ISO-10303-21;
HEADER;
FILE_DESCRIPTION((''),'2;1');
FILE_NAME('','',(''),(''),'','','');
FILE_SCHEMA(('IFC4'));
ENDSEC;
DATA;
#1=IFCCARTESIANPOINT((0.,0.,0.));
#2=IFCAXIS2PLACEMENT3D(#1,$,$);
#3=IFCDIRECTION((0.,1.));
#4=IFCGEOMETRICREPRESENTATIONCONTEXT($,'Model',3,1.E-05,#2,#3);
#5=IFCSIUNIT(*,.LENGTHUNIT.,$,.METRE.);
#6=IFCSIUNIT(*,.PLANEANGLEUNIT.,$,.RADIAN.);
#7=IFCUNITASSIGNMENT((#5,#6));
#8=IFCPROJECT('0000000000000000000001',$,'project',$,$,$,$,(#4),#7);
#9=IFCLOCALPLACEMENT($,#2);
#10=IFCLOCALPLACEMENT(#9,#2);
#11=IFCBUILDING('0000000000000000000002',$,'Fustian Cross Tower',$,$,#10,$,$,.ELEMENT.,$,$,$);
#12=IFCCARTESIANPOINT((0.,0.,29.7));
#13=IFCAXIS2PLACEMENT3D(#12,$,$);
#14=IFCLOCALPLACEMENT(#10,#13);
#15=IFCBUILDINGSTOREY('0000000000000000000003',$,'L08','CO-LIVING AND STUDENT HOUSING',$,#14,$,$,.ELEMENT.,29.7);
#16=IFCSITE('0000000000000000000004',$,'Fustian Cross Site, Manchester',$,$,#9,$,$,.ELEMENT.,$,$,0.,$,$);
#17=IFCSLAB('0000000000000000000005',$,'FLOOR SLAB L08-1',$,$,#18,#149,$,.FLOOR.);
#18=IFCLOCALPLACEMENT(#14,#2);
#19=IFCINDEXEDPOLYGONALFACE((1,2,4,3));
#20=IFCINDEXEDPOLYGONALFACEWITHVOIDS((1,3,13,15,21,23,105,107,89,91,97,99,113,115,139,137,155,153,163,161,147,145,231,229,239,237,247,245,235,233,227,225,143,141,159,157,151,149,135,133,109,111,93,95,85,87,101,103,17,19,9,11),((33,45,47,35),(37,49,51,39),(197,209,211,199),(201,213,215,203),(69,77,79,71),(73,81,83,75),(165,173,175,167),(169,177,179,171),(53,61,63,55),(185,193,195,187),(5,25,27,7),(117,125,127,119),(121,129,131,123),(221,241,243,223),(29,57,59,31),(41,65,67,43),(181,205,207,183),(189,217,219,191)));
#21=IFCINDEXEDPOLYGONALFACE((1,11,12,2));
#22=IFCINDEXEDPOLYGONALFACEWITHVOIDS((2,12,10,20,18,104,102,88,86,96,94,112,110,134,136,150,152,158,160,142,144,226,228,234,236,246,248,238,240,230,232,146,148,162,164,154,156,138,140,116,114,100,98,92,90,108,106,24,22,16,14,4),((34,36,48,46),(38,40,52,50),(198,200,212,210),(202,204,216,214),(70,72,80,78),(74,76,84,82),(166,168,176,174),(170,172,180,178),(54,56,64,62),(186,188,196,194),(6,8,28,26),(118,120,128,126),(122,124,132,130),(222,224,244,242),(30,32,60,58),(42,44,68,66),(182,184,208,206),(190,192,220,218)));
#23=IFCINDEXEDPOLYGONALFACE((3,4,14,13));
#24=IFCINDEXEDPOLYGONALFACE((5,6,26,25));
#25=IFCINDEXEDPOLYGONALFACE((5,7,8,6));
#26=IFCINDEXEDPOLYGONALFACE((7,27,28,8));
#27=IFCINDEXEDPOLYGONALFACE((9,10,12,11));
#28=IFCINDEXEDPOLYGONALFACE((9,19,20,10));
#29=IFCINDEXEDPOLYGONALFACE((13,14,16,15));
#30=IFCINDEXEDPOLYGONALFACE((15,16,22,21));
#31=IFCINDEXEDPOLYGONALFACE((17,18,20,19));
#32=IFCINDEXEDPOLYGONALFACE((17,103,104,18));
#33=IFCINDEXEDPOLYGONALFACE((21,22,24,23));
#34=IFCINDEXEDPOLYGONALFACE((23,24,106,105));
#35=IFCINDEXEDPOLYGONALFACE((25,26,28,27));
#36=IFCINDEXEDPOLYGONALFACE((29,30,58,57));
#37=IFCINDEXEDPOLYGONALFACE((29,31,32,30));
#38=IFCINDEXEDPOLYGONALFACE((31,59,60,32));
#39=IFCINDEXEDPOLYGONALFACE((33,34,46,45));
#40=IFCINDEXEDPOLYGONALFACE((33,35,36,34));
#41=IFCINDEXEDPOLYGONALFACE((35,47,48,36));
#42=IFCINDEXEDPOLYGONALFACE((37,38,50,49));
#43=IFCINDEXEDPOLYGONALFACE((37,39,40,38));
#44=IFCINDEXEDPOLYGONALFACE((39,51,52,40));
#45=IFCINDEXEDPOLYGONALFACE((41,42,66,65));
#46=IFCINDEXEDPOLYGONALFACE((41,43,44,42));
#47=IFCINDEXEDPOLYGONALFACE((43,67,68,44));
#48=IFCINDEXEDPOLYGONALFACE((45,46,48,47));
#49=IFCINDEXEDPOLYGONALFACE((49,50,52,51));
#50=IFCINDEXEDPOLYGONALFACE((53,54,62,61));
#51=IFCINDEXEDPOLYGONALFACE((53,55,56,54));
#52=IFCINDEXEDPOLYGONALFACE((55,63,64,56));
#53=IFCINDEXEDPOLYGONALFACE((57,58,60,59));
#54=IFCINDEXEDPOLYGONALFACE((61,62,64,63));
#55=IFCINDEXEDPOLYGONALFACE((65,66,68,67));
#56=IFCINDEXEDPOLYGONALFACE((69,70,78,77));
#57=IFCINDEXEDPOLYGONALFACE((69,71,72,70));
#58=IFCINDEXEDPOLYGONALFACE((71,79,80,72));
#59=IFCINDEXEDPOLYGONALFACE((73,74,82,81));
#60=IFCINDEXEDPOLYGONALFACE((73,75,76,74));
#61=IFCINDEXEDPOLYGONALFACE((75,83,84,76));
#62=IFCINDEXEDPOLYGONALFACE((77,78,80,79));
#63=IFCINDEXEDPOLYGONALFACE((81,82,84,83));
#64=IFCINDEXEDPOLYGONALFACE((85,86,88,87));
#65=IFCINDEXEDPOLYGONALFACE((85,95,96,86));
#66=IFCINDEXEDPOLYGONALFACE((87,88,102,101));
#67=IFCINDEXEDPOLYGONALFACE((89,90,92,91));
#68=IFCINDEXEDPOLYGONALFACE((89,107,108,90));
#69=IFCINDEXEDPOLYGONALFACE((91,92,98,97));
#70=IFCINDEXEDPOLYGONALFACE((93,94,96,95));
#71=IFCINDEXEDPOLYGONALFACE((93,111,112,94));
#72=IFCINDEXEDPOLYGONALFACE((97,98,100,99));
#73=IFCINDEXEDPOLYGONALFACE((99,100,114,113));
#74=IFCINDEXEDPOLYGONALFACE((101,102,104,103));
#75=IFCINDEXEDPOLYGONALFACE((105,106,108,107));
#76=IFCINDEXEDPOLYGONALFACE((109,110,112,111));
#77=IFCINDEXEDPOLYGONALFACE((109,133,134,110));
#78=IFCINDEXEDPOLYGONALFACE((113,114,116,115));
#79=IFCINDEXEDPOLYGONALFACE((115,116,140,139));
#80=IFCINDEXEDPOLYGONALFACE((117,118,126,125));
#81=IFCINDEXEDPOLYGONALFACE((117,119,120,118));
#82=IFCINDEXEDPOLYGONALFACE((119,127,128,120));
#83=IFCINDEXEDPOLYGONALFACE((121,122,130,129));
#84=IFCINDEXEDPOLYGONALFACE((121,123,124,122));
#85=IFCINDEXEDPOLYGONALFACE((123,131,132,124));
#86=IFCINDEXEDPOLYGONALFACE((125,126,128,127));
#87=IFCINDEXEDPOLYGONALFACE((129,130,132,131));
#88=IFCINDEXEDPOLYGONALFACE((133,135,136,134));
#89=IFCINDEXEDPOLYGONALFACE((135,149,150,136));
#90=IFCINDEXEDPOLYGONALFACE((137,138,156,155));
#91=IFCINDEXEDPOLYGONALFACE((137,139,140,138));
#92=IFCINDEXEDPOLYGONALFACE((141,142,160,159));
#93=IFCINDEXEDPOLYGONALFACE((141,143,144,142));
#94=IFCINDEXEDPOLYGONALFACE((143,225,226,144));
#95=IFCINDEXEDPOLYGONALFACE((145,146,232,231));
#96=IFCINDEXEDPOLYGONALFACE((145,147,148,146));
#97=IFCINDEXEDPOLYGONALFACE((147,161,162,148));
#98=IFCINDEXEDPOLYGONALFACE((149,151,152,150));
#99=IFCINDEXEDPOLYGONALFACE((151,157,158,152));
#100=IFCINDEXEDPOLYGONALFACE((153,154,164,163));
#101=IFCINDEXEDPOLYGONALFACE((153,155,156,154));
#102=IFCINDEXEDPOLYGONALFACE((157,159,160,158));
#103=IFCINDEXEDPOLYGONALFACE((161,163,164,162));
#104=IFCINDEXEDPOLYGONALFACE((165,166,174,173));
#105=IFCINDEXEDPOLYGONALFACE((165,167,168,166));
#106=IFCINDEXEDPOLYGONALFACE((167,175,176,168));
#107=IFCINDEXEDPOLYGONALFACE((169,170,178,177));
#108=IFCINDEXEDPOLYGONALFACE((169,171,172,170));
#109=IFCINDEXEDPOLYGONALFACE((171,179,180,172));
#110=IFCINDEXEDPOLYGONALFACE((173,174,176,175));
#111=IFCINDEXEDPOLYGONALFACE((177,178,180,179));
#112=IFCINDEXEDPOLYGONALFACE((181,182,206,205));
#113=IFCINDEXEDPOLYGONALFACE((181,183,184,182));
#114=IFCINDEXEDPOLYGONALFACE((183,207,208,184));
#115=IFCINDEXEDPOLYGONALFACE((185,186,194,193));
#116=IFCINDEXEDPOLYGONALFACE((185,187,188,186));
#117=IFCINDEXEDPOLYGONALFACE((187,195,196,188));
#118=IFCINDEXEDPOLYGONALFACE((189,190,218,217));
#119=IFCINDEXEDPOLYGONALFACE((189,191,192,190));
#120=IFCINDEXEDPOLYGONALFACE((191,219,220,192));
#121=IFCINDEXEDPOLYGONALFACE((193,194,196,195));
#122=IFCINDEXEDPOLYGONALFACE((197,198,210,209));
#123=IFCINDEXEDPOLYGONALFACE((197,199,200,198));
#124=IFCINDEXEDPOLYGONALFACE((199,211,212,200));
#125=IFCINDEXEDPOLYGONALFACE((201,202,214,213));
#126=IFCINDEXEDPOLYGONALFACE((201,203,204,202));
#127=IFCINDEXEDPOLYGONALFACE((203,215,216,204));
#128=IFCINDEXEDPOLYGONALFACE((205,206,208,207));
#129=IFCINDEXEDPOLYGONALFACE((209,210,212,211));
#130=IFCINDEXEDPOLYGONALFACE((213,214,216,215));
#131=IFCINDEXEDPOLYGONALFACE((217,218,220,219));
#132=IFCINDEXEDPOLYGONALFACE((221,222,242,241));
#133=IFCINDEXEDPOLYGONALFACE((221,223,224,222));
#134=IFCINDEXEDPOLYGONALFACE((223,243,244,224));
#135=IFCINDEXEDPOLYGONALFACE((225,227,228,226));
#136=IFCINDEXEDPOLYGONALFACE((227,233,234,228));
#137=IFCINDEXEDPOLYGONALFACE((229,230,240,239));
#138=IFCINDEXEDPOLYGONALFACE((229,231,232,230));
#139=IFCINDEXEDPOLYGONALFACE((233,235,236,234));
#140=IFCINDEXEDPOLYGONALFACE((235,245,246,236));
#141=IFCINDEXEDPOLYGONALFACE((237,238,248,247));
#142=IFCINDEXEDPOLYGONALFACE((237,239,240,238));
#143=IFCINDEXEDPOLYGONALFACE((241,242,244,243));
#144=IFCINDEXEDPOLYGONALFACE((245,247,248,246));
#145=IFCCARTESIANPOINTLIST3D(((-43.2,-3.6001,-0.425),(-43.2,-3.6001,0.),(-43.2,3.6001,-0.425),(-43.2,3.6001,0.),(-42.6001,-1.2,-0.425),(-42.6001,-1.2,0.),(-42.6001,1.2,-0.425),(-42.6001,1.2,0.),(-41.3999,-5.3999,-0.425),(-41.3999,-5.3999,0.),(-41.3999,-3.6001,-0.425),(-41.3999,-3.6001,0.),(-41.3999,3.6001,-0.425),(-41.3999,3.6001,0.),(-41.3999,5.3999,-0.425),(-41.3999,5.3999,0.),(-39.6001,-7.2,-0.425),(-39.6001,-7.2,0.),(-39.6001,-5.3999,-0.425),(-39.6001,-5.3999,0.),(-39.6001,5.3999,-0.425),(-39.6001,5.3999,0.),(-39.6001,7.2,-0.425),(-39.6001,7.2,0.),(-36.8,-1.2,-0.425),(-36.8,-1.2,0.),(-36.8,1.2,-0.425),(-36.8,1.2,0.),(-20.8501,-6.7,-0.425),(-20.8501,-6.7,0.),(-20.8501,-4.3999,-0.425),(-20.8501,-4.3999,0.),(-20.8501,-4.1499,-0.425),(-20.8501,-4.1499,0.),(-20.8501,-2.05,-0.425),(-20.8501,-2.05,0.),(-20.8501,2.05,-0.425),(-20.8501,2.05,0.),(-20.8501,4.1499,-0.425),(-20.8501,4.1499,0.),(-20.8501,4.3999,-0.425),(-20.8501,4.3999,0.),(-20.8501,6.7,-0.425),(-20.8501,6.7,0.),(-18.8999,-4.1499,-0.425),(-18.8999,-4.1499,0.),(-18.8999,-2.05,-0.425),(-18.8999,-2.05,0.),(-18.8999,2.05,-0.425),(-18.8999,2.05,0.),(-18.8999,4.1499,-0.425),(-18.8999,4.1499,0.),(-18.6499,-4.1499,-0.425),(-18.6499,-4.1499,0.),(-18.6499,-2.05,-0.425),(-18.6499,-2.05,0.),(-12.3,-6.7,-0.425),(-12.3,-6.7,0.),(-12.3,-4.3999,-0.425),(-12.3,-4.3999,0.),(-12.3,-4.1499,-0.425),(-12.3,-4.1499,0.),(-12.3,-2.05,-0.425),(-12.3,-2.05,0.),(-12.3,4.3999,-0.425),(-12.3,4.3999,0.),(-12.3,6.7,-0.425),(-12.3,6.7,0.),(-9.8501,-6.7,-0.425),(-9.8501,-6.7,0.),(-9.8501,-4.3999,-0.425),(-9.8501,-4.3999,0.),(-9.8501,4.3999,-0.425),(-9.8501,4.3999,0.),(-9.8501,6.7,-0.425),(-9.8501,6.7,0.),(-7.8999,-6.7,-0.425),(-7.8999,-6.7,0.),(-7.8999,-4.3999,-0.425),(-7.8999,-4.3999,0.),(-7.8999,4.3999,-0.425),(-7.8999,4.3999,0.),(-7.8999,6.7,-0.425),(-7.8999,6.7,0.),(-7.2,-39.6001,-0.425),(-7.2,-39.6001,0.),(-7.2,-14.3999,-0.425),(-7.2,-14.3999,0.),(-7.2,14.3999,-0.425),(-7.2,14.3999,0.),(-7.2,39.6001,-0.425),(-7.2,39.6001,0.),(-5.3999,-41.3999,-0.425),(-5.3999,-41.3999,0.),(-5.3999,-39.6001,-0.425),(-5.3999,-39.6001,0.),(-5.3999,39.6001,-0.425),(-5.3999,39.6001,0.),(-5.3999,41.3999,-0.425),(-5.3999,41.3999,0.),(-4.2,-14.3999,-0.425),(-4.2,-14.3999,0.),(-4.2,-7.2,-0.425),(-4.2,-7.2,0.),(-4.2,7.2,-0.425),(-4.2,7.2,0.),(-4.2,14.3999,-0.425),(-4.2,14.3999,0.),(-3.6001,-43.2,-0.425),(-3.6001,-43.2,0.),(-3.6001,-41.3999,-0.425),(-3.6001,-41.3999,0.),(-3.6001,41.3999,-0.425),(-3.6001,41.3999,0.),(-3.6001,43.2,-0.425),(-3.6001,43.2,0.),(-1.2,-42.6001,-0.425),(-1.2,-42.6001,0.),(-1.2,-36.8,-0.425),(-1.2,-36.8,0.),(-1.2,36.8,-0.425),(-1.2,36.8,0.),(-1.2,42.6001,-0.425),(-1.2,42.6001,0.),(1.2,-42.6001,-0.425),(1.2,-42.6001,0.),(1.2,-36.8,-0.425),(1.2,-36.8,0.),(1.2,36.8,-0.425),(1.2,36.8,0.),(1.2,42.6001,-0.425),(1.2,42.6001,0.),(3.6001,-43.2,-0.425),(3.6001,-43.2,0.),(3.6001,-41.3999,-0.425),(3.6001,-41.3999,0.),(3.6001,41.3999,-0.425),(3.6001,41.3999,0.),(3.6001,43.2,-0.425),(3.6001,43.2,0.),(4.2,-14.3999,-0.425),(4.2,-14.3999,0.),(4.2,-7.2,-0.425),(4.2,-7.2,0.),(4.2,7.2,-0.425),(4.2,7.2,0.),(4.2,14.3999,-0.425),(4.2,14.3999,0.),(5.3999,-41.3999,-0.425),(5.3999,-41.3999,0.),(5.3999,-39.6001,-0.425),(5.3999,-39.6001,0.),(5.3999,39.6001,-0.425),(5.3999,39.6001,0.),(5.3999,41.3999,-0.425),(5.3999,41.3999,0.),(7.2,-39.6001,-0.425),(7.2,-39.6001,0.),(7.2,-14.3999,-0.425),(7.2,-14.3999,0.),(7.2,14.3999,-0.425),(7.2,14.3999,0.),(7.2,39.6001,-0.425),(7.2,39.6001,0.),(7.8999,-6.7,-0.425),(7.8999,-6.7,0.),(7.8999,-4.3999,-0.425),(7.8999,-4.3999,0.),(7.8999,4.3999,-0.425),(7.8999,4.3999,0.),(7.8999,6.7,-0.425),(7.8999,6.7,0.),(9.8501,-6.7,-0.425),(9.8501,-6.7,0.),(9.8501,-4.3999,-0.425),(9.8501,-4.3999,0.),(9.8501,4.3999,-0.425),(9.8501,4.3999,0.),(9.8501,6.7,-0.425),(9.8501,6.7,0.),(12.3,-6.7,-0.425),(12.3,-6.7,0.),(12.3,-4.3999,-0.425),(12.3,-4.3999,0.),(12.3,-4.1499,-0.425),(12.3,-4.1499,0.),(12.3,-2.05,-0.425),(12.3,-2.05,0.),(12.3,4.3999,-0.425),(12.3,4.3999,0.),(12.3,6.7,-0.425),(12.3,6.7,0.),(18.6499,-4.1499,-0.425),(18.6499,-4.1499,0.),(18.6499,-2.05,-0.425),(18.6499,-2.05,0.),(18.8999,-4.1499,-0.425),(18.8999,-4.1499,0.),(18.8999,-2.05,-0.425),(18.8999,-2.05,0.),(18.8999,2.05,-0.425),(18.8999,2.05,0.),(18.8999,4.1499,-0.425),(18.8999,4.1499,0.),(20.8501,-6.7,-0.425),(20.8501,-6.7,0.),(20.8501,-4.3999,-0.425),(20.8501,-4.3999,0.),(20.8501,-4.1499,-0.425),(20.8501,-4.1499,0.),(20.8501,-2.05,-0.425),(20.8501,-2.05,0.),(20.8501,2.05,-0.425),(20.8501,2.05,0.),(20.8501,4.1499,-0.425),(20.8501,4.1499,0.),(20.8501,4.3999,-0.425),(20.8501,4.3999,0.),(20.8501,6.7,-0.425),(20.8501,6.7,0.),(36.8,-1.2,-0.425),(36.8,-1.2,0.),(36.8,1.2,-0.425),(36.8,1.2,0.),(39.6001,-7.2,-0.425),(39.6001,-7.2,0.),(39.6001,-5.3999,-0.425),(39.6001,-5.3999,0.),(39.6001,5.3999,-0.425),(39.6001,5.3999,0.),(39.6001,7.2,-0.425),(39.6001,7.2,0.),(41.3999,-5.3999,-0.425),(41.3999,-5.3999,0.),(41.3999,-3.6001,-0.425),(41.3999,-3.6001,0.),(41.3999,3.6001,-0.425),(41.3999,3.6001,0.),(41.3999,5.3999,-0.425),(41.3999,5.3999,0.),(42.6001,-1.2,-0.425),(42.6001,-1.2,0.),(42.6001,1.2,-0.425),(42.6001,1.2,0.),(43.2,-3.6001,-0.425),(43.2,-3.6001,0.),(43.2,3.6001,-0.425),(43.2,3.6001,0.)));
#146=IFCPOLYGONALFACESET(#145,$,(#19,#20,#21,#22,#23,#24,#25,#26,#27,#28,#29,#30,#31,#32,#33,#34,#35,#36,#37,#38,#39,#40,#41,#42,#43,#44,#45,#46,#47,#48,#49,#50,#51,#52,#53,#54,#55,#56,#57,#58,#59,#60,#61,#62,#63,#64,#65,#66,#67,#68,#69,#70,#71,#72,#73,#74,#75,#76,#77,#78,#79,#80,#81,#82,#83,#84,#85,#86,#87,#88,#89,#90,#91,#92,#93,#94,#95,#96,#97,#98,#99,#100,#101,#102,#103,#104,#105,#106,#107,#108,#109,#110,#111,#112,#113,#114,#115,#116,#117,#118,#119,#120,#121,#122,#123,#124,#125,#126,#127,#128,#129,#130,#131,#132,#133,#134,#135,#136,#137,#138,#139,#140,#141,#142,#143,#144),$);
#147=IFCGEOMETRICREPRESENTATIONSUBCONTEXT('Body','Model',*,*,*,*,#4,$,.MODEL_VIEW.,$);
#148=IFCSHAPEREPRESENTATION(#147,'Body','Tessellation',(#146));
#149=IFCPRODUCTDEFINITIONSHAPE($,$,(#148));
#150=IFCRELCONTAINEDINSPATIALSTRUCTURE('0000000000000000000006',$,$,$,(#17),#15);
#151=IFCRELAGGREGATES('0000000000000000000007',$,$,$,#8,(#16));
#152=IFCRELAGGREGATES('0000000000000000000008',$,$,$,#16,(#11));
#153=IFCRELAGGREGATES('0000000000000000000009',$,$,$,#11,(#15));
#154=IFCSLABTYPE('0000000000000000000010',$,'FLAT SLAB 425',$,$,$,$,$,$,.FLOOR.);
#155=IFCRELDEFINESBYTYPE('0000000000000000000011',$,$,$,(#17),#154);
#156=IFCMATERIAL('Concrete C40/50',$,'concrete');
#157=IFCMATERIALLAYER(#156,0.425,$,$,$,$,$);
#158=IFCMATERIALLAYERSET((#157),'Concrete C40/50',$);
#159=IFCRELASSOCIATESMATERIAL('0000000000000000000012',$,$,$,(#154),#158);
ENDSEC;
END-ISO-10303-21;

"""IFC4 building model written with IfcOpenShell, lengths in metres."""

from ifc_helpers import new_model, si_unit, direction, frame, origin, place, context, subcontext, project, spatial, polyline, outline, extrude, material, layer, layer_set, type_object, element, save


model = new_model("IFC4")

# Units and contexts
model_context = context("Model", 3, precision=1e-05, world=origin(), true_north=direction((0.0, 1.0)))
body_context = subcontext(model_context, "Body", "Model", "MODEL_VIEW")
ifc_project = project(units=[si_unit("LENGTHUNIT", "METRE"), si_unit("PLANEANGLEUNIT", "RADIAN")], contexts=[model_context])

# Site, building, storey
site_placement = place(None, origin())
site = spatial("IfcSite", under=ifc_project, at=site_placement, Name="Fustian Cross Site, Manchester", CompositionType="ELEMENT", RefElevation=0.0)
building_placement = place(site_placement, origin())
building = spatial("IfcBuilding", under=site, at=building_placement, Name="Fustian Cross Tower", CompositionType="ELEMENT")
storey_placement = place(building_placement, frame((0.0, 0.0, 29.7)))
storey = spatial("IfcBuildingStorey", under=building, at=storey_placement, Name="L08", Description="CO-LIVING AND STUDENT HOUSING", CompositionType="ELEMENT", Elevation=29.7)

# Slab
ifc_material_1 = material(Name="Concrete C40/50", Category="concrete")
ifc_layer_1 = layer(ifc_material_1, 0.425)
ifc_layer_set_1 = layer_set([ifc_layer_1], Name="Concrete C40/50")
slab_type_1 = type_object("IfcSlabType", Name="FLAT SLAB 425", PredefinedType="FLOOR", material=ifc_layer_set_1)
slab_1_placement = place(storey_placement, frame((0.0, 0.0, -0.425)))
element("IfcSlab", 1, at=slab_1_placement, inside=storey, type_object=slab_type_1, Name="FLOOR SLAB L08-1", PredefinedType="FLOOR", context=body_context, shape_type="SweptSolid", body=[
    extrude(outline(polyline([(-4.2, -7.2), (-39.6001, -7.2), (-39.6001, -5.3999), (-41.3999, -5.3999), (-41.3999, -3.6001), (-43.2, -3.6001), (-43.2, 3.6001), (-41.3999, 3.6001), (-41.3999, 5.3999), (-39.6001, 5.3999), (-39.6001, 7.2), (-4.2, 7.2), (-4.2, 14.3999), (-7.2, 14.3999), (-7.2, 39.6001), (-5.3999, 39.6001), (-5.3999, 41.3999), (-3.6001, 41.3999), (-3.6001, 43.2), (3.6001, 43.2), (3.6001, 41.3999), (5.3999, 41.3999), (5.3999, 39.6001), (7.2, 39.6001), (7.2, 14.3999), (4.2, 14.3999), (4.2, 7.2), (39.6001, 7.2), (39.6001, 5.3999), (41.3999, 5.3999), (41.3999, 3.6001), (43.2, 3.6001), (43.2, -3.6001), (41.3999, -3.6001), (41.3999, -5.3999), (39.6001, -5.3999), (39.6001, -7.2), (4.2, -7.2), (4.2, -14.3999), (7.2, -14.3999), (7.2, -39.6001), (5.3999, -39.6001), (5.3999, -41.3999), (3.6001, -41.3999), (3.6001, -43.2), (-3.6001, -43.2), (-3.6001, -41.3999), (-5.3999, -41.3999), (-5.3999, -39.6001), (-7.2, -39.6001), (-7.2, -14.3999), (-4.2, -14.3999), (-4.2, -7.2)]), holes=[polyline([(18.8999, -2.05), (18.8999, -4.1499), (20.8501, -4.1499), (20.8501, -2.05), (18.8999, -2.05)]), polyline([(20.8501, 4.1499), (18.8999, 4.1499), (18.8999, 2.05), (20.8501, 2.05), (20.8501, 4.1499)]), polyline([(9.8501, 4.3999), (9.8501, 6.7), (7.8999, 6.7), (7.8999, 4.3999), (9.8501, 4.3999)]), polyline([(7.8999, -6.7), (9.8501, -6.7), (9.8501, -4.3999), (7.8999, -4.3999), (7.8999, -6.7)]), polyline([(-20.8501, -2.05), (-20.8501, -4.1499), (-18.8999, -4.1499), (-18.8999, -2.05), (-20.8501, -2.05)]), polyline([(-18.8999, 4.1499), (-20.8501, 4.1499), (-20.8501, 2.05), (-18.8999, 2.05), (-18.8999, 4.1499)]), polyline([(-7.8999, 4.3999), (-7.8999, 6.7), (-9.8501, 6.7), (-9.8501, 4.3999), (-7.8999, 4.3999)]), polyline([(-9.8501, -6.7), (-7.8999, -6.7), (-7.8999, -4.3999), (-9.8501, -4.3999), (-9.8501, -6.7)]), polyline([(12.3, -2.05), (12.3, -4.1499), (18.6499, -4.1499), (18.6499, -2.05), (12.3, -2.05)]), polyline([(-12.3, -2.05), (-18.6499, -2.05), (-18.6499, -4.1499), (-12.3, -4.1499), (-12.3, -2.05)]), polyline([(20.8501, 4.3999), (20.8501, 6.7), (12.3, 6.7), (12.3, 4.3999), (20.8501, 4.3999)]), polyline([(12.3, -6.7), (20.8501, -6.7), (20.8501, -4.3999), (12.3, -4.3999), (12.3, -6.7)]), polyline([(-20.8501, 6.7), (-20.8501, 4.3999), (-12.3, 4.3999), (-12.3, 6.7), (-20.8501, 6.7)]), polyline([(-12.3, -4.3999), (-20.8501, -4.3999), (-20.8501, -6.7), (-12.3, -6.7), (-12.3, -4.3999)]), polyline([(1.2, 36.8), (1.2, 42.6001), (-1.2, 42.6001), (-1.2, 36.8), (1.2, 36.8)]), polyline([(-1.2, -42.6001), (1.2, -42.6001), (1.2, -36.8), (-1.2, -36.8), (-1.2, -42.6001)]), polyline([(36.8, 1.2), (36.8, -1.2), (42.6001, -1.2), (42.6001, 1.2), (36.8, 1.2)]), polyline([(-36.8, 1.2), (-42.6001, 1.2), (-42.6001, -1.2), (-36.8, -1.2), (-36.8, 1.2)])]), origin(), (0.0, 0.0, 1.0), 0.425),
])

save(model, "model.ifc")
